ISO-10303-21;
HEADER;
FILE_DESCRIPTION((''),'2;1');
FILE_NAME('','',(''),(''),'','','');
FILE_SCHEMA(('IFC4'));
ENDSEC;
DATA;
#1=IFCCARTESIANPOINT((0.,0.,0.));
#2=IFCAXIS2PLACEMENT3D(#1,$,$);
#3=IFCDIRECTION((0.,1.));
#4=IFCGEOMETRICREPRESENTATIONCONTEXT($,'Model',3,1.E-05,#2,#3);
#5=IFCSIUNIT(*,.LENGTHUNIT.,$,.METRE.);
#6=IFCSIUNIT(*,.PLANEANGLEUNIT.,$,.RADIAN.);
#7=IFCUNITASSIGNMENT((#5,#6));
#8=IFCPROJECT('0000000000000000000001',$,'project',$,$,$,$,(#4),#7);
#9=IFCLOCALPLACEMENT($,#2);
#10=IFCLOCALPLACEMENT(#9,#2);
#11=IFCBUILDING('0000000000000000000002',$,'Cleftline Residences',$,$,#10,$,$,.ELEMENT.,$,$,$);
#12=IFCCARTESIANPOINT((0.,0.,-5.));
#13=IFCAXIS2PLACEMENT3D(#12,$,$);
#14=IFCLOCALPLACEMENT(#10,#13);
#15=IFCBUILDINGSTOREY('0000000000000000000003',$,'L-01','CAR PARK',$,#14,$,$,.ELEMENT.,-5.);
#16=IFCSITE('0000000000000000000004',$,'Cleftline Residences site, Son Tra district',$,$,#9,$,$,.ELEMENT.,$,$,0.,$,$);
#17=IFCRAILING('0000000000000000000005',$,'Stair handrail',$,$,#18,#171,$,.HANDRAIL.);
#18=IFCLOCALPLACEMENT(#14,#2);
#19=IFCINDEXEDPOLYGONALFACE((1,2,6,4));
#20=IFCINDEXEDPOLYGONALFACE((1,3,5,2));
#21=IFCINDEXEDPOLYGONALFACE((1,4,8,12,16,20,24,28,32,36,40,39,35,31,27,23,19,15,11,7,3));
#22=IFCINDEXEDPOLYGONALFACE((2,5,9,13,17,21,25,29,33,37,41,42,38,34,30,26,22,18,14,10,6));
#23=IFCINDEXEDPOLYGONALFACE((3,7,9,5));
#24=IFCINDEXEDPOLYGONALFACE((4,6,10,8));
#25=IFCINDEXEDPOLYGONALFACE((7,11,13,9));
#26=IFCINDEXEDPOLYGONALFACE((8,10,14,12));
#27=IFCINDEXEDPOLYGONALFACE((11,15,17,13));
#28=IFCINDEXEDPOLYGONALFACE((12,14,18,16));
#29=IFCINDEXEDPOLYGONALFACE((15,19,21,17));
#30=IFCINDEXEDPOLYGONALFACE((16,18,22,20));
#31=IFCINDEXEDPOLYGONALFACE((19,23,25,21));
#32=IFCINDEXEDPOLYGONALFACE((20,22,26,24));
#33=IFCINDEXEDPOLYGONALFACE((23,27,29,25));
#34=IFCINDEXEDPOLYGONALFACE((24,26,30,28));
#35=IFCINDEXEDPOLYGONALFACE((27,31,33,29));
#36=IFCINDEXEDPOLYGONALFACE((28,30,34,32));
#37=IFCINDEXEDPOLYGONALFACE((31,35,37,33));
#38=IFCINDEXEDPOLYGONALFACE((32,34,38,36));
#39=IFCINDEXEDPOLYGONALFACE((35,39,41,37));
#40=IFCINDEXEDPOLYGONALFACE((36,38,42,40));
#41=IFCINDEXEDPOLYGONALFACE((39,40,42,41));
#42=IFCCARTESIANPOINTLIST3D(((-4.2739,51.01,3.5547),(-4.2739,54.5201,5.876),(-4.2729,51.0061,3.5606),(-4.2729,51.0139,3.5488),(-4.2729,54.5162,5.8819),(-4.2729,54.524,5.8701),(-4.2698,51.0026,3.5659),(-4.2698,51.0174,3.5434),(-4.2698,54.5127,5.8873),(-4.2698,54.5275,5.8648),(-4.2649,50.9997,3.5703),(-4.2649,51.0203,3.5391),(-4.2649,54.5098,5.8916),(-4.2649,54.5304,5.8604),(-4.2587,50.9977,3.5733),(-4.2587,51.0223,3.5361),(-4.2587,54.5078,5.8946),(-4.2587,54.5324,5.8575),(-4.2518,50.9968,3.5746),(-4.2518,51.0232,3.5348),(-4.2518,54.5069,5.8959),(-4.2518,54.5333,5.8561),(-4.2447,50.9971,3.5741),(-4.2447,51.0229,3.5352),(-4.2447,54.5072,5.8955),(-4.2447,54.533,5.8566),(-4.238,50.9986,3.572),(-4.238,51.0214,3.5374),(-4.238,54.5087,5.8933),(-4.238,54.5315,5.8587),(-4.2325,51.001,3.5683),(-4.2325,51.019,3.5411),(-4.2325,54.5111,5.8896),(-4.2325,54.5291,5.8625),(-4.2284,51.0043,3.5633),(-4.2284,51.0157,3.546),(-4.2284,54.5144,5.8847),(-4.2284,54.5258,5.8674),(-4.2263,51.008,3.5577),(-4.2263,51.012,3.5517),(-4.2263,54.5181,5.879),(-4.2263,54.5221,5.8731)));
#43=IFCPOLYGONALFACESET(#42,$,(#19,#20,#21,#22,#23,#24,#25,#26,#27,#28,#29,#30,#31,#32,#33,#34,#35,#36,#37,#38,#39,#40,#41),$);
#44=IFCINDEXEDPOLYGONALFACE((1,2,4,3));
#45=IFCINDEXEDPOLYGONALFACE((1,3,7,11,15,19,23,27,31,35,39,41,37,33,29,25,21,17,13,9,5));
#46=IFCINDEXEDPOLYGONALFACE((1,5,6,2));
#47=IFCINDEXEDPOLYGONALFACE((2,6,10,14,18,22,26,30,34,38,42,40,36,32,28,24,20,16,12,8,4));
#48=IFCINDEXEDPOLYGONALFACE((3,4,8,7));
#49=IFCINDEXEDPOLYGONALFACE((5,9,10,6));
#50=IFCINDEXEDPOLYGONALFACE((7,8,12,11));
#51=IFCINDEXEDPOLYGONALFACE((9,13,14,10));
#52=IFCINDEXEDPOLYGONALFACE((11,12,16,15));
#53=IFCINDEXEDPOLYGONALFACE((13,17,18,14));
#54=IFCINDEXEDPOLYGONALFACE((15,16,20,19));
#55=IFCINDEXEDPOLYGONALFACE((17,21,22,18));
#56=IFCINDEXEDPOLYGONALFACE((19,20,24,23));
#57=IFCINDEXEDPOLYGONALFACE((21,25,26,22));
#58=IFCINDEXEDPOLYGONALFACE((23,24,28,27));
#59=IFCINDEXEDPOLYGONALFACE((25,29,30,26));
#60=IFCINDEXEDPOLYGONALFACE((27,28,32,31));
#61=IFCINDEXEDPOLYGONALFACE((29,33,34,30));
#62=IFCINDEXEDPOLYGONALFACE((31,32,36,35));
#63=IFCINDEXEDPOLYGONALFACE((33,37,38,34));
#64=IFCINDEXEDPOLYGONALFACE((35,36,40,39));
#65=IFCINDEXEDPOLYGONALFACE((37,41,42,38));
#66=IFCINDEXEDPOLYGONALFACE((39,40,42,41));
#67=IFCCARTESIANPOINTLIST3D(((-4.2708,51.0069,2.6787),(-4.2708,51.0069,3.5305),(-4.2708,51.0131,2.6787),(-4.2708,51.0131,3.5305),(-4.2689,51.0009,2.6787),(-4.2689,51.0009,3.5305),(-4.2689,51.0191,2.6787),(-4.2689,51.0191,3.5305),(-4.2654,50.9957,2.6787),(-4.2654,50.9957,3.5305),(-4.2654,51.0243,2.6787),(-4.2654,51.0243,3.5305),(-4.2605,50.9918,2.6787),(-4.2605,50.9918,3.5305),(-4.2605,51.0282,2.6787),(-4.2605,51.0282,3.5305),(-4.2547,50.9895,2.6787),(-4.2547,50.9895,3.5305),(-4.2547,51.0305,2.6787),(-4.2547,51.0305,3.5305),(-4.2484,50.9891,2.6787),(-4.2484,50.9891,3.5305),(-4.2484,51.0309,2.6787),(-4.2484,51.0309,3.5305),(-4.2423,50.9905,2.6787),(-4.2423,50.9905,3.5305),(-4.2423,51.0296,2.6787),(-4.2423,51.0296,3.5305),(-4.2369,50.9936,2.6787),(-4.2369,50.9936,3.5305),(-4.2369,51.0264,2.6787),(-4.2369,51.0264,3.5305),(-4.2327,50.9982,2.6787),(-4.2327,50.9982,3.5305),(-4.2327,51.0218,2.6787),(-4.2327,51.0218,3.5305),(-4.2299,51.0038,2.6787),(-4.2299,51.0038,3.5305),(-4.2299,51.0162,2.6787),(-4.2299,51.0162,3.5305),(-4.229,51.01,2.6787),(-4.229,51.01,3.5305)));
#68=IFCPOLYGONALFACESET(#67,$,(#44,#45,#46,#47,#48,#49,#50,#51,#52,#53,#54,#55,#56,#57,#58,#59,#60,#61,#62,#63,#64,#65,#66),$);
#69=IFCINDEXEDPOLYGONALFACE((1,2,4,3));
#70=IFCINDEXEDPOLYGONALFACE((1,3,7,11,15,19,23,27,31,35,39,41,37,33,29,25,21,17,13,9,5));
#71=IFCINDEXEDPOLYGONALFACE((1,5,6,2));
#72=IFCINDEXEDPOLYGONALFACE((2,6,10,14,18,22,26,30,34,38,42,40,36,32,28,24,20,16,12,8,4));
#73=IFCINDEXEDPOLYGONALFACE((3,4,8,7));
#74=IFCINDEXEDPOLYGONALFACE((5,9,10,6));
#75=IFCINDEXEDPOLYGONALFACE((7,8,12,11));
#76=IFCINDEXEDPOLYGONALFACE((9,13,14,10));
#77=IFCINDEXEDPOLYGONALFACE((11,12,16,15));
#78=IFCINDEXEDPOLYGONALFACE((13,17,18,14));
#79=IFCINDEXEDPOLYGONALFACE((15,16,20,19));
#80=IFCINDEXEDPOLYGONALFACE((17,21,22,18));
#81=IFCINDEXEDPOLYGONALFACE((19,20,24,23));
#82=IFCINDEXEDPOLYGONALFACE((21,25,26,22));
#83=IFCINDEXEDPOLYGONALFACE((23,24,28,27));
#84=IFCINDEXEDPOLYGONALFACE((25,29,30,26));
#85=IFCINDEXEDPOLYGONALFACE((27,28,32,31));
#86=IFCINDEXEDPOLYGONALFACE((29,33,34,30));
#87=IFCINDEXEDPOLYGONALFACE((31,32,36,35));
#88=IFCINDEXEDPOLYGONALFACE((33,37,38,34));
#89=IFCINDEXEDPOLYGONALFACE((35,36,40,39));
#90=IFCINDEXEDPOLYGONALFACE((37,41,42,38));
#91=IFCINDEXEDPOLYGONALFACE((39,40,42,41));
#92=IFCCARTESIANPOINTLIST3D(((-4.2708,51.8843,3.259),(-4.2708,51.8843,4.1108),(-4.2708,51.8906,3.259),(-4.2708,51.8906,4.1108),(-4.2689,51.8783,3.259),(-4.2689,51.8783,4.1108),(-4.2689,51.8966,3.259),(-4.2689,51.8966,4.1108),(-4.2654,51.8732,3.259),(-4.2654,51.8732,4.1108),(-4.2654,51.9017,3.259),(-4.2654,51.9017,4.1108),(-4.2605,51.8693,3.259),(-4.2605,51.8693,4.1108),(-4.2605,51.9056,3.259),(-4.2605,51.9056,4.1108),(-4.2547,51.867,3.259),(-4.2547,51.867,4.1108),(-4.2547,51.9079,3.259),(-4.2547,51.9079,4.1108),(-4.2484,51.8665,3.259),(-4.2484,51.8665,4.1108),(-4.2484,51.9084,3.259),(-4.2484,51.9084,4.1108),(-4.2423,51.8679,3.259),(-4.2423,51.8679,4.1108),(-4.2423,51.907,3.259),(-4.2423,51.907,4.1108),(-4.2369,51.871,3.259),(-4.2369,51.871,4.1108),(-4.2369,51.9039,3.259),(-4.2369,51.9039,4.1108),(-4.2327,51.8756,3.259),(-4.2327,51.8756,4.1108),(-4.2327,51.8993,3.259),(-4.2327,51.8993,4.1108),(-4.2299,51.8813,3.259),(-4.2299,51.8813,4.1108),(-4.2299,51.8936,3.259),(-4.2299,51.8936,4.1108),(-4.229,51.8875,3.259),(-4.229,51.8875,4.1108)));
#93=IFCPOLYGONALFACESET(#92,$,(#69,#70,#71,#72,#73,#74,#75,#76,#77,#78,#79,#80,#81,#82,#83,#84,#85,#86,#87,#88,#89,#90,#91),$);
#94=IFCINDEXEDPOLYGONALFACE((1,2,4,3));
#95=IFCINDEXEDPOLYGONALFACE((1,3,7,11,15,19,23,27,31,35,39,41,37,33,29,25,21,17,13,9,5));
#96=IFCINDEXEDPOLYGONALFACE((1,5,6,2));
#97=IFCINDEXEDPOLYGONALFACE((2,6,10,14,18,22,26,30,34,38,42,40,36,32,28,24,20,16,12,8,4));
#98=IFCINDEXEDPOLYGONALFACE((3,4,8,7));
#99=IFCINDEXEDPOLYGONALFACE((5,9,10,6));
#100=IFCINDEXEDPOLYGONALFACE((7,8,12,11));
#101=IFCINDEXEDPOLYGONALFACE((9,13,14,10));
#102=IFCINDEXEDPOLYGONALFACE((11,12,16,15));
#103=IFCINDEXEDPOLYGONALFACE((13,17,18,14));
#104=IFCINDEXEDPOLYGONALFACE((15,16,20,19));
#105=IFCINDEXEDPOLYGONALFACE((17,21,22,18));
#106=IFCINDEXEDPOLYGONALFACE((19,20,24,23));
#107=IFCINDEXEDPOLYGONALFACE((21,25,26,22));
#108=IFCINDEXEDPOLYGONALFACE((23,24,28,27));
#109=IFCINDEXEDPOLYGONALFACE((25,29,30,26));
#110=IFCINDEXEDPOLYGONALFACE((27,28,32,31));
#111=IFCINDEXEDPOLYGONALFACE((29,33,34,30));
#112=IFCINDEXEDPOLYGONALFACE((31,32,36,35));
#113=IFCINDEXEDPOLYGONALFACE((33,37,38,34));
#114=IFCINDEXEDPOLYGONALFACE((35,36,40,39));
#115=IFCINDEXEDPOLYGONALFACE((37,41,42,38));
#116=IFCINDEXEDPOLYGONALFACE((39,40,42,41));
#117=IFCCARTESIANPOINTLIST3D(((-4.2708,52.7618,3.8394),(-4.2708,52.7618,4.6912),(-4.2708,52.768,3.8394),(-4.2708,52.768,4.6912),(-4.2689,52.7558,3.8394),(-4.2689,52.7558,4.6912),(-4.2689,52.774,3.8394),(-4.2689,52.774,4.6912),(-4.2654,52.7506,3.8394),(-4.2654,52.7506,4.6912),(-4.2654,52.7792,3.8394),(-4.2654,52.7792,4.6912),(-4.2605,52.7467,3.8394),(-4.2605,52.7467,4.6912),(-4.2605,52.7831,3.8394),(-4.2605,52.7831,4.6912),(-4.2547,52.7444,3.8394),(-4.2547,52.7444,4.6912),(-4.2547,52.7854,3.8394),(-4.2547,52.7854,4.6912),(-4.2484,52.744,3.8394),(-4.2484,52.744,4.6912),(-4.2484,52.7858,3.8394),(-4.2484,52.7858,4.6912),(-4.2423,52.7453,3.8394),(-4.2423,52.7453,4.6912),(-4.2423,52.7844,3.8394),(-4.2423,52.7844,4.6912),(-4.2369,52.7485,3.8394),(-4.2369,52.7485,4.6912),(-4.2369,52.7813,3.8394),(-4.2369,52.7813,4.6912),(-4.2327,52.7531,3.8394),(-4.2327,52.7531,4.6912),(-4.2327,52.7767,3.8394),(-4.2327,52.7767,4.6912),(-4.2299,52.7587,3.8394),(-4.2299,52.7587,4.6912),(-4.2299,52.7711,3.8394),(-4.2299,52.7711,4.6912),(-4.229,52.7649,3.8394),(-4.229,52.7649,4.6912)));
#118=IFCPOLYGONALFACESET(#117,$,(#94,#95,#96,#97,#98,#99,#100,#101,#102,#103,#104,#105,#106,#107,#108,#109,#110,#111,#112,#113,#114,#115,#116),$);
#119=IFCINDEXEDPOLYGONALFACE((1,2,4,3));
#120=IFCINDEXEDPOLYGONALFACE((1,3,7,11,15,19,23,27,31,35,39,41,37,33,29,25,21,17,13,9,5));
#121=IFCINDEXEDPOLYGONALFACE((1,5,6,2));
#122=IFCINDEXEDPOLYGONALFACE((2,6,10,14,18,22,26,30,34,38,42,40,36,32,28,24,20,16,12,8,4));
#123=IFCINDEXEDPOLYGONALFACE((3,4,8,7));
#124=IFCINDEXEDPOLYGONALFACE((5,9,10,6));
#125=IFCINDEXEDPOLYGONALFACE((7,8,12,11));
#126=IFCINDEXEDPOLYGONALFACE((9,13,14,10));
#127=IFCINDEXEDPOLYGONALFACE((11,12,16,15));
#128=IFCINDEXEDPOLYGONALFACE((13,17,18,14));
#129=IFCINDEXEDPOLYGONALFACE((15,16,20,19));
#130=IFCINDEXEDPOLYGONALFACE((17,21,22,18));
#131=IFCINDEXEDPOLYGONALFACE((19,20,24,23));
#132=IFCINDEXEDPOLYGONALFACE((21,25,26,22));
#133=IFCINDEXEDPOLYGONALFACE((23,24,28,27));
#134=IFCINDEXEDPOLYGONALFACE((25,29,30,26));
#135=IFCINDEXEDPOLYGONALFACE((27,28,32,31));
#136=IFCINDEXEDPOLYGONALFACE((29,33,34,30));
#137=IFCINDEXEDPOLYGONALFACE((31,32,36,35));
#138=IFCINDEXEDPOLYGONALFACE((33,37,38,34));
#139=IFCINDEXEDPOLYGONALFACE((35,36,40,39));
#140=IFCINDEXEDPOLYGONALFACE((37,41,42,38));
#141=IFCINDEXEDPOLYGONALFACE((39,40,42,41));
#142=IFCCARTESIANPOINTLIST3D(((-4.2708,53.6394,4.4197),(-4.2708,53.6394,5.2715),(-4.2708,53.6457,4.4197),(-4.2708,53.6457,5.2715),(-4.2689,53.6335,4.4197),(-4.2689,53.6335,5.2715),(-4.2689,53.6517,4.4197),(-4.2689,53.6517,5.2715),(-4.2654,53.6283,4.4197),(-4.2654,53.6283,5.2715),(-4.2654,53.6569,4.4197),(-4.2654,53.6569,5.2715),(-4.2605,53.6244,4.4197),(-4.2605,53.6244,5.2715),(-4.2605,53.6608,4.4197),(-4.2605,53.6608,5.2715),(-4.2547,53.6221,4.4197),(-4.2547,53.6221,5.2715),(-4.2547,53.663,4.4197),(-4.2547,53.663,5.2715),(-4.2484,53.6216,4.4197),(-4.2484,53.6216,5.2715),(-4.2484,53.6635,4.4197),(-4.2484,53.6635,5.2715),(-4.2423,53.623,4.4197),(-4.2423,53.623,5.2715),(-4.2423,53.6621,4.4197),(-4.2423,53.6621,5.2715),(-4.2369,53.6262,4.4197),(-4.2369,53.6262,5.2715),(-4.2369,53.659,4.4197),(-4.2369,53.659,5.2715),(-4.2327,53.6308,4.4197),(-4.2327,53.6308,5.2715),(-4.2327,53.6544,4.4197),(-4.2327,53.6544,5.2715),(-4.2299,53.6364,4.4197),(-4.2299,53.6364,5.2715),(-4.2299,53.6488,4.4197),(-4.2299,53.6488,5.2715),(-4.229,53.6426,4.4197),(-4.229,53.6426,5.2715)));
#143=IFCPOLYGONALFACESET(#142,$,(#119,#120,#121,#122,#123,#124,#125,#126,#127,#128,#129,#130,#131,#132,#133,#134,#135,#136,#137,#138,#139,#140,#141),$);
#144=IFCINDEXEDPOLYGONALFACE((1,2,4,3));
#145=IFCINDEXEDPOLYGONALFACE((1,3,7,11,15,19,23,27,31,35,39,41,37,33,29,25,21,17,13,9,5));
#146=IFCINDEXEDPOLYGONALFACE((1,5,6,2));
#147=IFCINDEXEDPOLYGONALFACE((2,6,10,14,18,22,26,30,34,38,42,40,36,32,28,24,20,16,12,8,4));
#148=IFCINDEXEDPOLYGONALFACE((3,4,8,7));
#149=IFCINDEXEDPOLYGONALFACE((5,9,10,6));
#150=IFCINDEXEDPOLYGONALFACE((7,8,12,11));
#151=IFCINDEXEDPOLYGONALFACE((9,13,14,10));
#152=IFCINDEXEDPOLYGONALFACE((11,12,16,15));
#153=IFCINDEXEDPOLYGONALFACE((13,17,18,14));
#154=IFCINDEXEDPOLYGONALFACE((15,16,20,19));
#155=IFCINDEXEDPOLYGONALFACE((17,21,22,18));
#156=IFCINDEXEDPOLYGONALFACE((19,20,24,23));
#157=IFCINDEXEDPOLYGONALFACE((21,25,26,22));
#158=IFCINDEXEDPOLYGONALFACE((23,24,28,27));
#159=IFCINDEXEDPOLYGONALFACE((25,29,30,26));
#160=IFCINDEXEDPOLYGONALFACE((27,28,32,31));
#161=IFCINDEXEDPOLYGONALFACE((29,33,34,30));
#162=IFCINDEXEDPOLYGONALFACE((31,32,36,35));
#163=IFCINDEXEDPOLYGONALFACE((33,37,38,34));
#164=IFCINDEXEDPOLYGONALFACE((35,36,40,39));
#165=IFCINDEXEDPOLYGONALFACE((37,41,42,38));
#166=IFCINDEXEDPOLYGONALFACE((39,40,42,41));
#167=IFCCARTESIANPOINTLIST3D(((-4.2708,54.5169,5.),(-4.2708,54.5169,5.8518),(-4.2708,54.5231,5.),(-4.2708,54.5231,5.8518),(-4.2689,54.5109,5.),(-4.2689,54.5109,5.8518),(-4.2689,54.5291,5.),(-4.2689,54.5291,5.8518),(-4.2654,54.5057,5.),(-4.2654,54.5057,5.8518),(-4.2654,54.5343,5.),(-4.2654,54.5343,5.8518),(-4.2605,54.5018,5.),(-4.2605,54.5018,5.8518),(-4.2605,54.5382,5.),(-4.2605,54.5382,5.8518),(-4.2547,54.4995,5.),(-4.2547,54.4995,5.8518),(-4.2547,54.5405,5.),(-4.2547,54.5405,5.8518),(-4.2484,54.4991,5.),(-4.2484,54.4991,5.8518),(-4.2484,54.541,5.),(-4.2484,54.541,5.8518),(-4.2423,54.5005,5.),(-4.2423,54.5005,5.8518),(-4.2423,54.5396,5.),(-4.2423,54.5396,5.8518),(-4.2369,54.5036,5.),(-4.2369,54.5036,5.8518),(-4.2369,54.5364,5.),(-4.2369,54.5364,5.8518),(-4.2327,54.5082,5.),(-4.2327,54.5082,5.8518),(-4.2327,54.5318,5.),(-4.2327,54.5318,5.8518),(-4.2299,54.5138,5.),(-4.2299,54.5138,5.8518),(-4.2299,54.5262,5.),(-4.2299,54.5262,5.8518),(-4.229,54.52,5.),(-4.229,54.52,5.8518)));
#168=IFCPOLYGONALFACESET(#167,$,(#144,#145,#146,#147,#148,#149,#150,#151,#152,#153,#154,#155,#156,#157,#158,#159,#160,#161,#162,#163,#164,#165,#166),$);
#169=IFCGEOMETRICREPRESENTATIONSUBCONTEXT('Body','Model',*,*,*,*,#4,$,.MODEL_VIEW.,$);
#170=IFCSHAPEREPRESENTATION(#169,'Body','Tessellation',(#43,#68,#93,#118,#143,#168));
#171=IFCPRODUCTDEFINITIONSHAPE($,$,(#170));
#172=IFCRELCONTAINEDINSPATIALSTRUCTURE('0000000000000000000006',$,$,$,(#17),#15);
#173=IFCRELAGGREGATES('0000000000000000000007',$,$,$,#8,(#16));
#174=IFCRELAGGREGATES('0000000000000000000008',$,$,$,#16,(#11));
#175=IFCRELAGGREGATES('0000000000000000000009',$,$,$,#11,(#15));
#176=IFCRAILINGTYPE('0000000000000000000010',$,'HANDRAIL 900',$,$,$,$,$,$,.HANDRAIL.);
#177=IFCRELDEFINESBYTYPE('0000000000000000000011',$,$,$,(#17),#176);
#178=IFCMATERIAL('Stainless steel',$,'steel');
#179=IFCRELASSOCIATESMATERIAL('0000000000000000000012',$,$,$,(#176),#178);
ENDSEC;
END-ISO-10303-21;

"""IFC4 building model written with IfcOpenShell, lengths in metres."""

from ifc_helpers import new_model, si_unit, direction, frame, origin, origin_2d, place, context, subcontext, project, spatial, circle, extrude, material, type_object, element, save


model = new_model("IFC4")

# Units and contexts
model_context = context("Model", 3, precision=1e-05, world=origin(), true_north=direction((0.0, 1.0)))
body_context = subcontext(model_context, "Body", "Model", "MODEL_VIEW")
ifc_project = project(units=[si_unit("LENGTHUNIT", "METRE"), si_unit("PLANEANGLEUNIT", "RADIAN")], contexts=[model_context])

# Site, building, storey
site_placement = place(None, origin())
site = spatial("IfcSite", under=ifc_project, at=site_placement, Name="Cleftline Residences site, Son Tra district", CompositionType="ELEMENT", RefElevation=0.0)
building_placement = place(site_placement, origin())
building = spatial("IfcBuilding", under=site, at=building_placement, Name="Cleftline Residences", CompositionType="ELEMENT")
storey_placement = place(building_placement, frame((0.0, 0.0, -5.0)))
storey = spatial("IfcBuildingStorey", under=building, at=storey_placement, Name="L-01", Description="CAR PARK", CompositionType="ELEMENT", Elevation=-5.0)

# Railing
ifc_material_1 = material(Name="Stainless steel", Category="steel")
railing_type = type_object("IfcRailingType", Name="HANDRAIL 900", PredefinedType="HANDRAIL", material=ifc_material_1)
railing_1_placement = place(storey_placement, frame((-4.25, 51.01, 2.6787)))
element("IfcRailing", 1, at=railing_1_placement, inside=storey, type_object=railing_type, Name="Stair handrail", PredefinedType="HANDRAIL", context=body_context, shape_type="SweptSolid", body=[
    extrude(circle(Radius=0.0239, at=origin_2d()), frame((0.0, 0.0, 0.876), z_axis=(0.0, 0.834097, 0.551617), x_axis=(-1.0, 0.0, 0.0)), (0.0, 0.0, 1.0), 4.2083),
    extrude(circle(Radius=0.021, at=origin_2d()), origin(), (0.0, 0.0, 1.0), 0.8518),
    extrude(circle(Radius=0.021, at=origin_2d()), frame((0.0, 0.8774, 0.5803)), (0.0, 0.0, 1.0), 0.8518),
    extrude(circle(Radius=0.021, at=origin_2d()), frame((0.0, 1.7549, 1.1606)), (0.0, 0.0, 1.0), 0.8518),
    extrude(circle(Radius=0.021, at=origin_2d()), frame((0.0, 2.6326, 1.741)), (0.0, 0.0, 1.0), 0.8518),
    extrude(circle(Radius=0.021, at=origin_2d()), frame((0.0, 3.51, 2.3213)), (0.0, 0.0, 1.0), 0.8518),
])

save(model, "model.ifc")
